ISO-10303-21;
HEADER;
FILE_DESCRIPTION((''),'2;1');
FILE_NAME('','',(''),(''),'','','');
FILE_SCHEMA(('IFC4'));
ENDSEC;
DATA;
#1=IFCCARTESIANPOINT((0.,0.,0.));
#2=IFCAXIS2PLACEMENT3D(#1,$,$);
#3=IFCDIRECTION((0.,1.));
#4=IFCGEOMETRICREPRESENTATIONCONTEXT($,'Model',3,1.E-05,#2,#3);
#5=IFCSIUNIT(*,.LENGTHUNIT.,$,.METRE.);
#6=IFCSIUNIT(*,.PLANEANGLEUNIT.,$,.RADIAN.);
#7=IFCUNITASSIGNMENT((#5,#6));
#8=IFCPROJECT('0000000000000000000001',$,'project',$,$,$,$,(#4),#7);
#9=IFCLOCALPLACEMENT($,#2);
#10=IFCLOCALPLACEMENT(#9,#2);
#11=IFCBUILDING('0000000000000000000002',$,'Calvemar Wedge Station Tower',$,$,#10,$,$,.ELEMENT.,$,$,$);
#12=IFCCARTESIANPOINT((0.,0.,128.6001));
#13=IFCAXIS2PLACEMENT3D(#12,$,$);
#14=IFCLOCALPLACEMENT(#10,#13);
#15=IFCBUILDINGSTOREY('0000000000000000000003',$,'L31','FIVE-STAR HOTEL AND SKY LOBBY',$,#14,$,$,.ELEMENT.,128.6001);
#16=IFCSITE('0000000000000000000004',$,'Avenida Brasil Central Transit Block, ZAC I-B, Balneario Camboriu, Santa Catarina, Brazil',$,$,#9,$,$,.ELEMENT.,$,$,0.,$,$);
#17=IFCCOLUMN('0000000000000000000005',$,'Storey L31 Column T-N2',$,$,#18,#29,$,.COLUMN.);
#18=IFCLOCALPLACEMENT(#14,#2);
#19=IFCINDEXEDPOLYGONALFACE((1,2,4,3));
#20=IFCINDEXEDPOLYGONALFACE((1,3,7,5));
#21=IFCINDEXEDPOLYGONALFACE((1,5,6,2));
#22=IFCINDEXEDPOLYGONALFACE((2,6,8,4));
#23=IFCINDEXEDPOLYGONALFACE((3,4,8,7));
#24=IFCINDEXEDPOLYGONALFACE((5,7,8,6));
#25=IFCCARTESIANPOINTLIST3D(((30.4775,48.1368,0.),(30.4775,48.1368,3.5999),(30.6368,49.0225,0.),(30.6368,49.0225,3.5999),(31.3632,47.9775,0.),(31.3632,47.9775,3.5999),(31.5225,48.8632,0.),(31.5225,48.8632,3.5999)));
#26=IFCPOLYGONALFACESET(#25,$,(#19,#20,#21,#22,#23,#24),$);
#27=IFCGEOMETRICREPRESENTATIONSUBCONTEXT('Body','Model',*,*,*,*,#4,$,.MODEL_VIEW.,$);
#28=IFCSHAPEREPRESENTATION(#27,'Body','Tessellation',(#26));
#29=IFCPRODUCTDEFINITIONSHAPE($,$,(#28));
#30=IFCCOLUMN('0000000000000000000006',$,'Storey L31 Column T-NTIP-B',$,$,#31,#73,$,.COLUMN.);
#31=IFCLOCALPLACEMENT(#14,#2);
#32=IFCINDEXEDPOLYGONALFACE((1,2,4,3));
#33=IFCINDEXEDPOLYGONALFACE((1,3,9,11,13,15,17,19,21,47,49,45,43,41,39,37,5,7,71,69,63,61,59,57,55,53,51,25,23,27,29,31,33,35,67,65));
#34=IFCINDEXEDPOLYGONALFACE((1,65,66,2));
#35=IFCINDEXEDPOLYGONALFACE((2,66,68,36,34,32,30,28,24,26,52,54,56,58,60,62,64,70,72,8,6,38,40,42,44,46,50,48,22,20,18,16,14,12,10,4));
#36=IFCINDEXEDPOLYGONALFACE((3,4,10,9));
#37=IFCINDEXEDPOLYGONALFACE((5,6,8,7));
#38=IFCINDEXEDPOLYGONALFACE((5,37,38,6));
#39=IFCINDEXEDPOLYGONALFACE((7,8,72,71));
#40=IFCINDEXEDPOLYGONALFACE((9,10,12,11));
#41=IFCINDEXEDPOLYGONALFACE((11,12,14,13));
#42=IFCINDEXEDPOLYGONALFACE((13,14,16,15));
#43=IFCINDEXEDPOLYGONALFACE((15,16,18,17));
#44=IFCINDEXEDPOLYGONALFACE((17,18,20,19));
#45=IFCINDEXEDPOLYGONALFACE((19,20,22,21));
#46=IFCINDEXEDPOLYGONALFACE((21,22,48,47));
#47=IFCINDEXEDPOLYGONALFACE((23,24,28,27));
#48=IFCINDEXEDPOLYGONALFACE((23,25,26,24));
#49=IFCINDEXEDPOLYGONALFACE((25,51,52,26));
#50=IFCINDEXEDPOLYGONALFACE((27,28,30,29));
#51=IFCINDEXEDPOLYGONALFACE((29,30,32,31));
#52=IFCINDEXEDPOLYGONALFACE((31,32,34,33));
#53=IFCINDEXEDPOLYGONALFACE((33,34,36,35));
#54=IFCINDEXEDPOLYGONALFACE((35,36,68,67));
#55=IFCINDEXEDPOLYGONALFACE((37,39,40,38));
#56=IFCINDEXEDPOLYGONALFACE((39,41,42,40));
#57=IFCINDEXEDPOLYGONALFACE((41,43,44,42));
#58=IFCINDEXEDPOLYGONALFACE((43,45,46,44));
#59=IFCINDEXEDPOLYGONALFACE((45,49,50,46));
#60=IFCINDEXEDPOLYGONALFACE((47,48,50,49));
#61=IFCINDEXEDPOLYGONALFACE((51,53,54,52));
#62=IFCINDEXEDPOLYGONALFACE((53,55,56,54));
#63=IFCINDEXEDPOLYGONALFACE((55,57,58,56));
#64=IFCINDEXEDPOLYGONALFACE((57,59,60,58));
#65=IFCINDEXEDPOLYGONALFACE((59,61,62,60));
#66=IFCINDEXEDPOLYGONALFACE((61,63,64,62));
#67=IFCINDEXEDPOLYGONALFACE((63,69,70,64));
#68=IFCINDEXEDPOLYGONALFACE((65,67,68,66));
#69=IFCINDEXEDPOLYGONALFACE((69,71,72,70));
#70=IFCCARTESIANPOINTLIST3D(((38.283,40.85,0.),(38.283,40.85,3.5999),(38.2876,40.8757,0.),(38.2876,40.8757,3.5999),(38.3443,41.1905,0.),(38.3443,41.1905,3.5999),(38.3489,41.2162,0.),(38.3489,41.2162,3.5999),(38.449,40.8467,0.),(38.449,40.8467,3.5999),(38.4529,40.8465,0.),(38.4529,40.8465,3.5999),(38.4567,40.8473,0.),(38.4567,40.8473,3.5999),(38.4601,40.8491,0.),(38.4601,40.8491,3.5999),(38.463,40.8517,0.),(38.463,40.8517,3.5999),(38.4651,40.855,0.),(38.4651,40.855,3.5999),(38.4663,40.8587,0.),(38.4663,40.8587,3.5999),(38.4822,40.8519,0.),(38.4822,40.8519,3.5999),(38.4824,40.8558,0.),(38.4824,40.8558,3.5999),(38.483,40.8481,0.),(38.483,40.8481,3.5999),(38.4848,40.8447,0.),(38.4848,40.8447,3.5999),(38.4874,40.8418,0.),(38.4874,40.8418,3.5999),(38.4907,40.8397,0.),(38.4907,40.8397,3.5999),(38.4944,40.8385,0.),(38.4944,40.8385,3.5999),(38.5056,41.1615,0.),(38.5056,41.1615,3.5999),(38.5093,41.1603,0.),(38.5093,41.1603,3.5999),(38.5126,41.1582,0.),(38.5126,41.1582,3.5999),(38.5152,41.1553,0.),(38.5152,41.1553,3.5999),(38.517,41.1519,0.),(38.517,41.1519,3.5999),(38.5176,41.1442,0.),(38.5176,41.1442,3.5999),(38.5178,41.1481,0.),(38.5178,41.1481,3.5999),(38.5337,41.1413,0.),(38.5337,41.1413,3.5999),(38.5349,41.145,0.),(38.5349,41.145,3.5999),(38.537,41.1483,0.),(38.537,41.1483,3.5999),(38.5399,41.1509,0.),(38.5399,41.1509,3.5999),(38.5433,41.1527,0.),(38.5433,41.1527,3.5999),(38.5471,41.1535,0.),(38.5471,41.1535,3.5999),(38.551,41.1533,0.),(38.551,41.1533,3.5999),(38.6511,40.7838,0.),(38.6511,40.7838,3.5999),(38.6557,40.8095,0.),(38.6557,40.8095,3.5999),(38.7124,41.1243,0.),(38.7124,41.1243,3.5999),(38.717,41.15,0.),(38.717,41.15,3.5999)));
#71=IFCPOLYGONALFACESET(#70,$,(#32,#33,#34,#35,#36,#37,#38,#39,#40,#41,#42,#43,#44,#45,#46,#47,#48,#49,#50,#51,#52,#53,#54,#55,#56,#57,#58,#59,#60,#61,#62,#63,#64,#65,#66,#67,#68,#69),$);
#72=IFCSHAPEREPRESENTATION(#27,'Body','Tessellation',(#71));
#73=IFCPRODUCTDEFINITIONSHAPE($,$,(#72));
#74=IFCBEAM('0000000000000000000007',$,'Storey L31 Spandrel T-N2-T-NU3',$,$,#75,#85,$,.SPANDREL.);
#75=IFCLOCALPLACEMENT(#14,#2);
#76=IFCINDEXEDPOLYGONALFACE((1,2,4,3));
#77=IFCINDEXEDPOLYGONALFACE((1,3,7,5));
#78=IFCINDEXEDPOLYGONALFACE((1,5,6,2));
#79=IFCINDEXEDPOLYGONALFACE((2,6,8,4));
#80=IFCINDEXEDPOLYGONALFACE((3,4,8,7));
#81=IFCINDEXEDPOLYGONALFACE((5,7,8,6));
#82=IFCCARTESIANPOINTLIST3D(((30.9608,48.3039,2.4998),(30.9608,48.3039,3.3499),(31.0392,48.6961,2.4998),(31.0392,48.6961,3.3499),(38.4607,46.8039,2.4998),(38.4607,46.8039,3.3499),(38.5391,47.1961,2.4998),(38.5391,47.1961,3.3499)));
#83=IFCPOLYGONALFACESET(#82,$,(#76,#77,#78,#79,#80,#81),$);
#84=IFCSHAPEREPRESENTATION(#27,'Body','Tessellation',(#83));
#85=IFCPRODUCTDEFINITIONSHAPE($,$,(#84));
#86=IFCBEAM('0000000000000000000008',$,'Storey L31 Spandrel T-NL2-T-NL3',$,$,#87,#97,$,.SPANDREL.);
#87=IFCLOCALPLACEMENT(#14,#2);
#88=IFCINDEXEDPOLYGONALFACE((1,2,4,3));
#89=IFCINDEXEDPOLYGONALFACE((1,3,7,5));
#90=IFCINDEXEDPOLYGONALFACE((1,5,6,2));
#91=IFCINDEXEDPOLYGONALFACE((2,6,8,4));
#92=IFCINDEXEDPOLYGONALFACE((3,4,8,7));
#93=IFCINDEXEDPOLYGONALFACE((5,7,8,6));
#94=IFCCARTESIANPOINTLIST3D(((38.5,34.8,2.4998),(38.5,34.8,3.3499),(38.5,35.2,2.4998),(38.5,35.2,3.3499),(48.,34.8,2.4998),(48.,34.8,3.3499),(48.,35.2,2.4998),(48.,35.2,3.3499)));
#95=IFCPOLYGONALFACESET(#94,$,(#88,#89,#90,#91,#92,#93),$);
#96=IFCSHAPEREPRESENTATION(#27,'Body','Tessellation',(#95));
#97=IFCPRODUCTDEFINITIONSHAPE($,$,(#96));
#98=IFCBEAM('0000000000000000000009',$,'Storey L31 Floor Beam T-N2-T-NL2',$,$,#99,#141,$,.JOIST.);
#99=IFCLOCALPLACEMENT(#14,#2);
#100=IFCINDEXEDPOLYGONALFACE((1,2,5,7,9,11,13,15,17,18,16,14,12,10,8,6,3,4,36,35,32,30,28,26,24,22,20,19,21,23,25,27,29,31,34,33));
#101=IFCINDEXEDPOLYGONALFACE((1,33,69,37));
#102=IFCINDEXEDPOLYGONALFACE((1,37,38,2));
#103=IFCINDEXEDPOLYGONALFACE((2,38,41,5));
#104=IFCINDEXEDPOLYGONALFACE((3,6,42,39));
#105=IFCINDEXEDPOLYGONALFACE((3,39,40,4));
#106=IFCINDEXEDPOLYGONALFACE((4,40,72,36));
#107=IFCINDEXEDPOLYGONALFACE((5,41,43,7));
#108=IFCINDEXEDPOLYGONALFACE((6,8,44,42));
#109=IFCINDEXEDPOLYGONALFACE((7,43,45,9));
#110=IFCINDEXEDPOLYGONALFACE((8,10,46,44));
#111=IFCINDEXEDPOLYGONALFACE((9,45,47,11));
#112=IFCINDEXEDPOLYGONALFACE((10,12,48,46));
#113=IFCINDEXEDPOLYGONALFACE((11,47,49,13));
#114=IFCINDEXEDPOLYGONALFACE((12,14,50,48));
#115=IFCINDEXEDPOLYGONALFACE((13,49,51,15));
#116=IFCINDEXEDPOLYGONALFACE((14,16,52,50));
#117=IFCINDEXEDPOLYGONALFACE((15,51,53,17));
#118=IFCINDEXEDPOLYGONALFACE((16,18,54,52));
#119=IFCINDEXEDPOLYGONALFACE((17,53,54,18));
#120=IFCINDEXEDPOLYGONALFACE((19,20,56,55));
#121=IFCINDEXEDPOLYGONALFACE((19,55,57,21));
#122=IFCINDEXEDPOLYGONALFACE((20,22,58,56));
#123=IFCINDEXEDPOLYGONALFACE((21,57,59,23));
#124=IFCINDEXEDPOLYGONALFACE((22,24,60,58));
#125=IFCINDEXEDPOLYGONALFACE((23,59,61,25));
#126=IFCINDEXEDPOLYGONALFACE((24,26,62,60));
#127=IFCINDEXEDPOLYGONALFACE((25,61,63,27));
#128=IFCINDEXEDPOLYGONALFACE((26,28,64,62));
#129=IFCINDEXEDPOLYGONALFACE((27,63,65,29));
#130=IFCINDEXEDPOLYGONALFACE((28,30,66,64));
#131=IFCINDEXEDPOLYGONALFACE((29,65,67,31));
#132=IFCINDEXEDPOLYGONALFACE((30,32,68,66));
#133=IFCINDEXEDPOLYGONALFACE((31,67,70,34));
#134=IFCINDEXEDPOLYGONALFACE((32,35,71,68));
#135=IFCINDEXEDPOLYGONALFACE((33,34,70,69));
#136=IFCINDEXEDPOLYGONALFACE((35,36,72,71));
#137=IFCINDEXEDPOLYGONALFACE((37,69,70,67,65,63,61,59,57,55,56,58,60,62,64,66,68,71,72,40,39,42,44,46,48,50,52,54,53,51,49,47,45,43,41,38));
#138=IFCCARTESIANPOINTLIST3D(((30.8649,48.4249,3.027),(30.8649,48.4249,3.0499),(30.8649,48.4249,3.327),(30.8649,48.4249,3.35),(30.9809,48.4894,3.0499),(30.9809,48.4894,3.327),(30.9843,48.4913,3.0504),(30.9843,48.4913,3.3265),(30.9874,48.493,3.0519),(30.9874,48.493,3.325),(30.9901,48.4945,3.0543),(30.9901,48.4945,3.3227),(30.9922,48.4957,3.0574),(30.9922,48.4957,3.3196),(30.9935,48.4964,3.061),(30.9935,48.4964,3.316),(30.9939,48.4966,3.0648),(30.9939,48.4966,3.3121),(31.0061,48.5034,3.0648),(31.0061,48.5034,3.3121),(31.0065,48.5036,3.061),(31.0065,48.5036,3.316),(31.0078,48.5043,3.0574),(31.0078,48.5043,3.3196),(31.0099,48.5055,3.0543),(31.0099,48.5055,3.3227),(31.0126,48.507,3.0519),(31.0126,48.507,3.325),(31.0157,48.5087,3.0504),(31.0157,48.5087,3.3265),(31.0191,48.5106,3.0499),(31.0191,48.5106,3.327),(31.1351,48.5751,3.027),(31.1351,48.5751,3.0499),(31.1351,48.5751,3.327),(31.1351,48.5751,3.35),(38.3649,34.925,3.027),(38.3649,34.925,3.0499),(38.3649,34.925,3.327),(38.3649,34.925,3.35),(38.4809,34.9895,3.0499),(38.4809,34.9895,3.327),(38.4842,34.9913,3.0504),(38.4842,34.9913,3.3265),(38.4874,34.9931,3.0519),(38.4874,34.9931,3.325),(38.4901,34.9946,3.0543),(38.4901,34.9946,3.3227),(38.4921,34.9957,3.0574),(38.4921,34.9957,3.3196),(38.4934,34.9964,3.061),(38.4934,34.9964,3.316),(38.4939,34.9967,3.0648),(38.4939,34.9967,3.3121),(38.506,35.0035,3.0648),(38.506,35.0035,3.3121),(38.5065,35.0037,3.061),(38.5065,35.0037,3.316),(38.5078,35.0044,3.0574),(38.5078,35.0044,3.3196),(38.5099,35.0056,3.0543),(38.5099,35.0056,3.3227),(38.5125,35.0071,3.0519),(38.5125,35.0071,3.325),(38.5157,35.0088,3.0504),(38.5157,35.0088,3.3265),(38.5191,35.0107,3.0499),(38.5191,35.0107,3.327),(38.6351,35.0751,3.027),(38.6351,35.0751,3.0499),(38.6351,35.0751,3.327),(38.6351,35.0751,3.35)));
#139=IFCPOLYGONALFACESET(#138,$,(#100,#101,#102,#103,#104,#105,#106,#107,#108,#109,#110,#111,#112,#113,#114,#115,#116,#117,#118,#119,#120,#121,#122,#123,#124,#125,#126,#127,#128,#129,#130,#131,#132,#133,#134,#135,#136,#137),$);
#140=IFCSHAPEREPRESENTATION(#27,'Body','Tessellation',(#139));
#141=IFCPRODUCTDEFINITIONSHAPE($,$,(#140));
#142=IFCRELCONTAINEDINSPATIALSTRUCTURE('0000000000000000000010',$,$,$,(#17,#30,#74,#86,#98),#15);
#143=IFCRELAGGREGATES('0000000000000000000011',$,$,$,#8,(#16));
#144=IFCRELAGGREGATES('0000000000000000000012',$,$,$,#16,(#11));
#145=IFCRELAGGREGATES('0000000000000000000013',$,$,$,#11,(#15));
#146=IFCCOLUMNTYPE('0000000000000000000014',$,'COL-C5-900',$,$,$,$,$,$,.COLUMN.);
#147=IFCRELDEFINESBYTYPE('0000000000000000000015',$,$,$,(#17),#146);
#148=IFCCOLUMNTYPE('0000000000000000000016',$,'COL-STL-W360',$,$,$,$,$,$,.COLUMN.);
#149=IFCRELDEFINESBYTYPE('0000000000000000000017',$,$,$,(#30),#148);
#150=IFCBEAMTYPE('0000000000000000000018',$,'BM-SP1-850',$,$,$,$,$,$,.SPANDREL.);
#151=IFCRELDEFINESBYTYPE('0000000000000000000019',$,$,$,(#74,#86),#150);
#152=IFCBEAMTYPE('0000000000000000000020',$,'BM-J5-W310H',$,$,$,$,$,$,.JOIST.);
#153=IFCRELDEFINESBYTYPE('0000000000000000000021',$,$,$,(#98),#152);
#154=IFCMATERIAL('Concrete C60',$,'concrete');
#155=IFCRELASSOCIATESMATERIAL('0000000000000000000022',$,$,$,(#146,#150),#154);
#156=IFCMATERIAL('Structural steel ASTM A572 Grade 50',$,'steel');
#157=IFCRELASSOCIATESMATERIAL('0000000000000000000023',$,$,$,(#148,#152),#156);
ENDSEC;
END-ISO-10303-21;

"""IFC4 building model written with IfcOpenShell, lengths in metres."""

from ifc_helpers import new_model, si_unit, direction, frame, origin, origin_2d, place, context, subcontext, project, spatial, rectangle, i_section, extrude, source, transform, mapped, material, material_profile, profile_set, type_object, element, save


model = new_model("IFC4")

# Units and contexts
model_context = context("Model", 3, precision=1e-05, world=origin(), true_north=direction((0.0, 1.0)))
body_context = subcontext(model_context, "Body", "Model", "MODEL_VIEW")
ifc_project = project(units=[si_unit("LENGTHUNIT", "METRE"), si_unit("PLANEANGLEUNIT", "RADIAN")], contexts=[model_context])

# Site, building, storey
site_placement = place(None, origin())
site = spatial("IfcSite", under=ifc_project, at=site_placement, Name="Avenida Brasil Central Transit Block, ZAC I-B, Balneario Camboriu, Santa Catarina, Brazil", CompositionType="ELEMENT", RefElevation=0.0)
building_placement = place(site_placement, origin())
building = spatial("IfcBuilding", under=site, at=building_placement, Name="Calvemar Wedge Station Tower", CompositionType="ELEMENT")
storey_placement = place(building_placement, frame((0.0, 0.0, 128.6001)))
storey = spatial("IfcBuildingStorey", under=building, at=storey_placement, Name="L31", Description="FIVE-STAR HOTEL AND SKY LOBBY", CompositionType="ELEMENT", Elevation=128.6001)

# Columns
ifc_material_1 = material(Name="Concrete C60", Category="concrete")
ifc_material_profile_1 = material_profile(ifc_material_1, rectangle(XDim=0.8999, YDim=0.8999, at=origin_2d()), Name="RC900x900")
ifc_profile_set_1 = profile_set([ifc_material_profile_1], Name="Concrete C60")
column_type_1 = type_object("IfcColumnType", Name="COL-C5-900", PredefinedType="COLUMN", material=ifc_profile_set_1)
shared_shape_1 = source(origin(), body_context, "Body", "SweptSolid", [
    extrude(rectangle(XDim=0.8999, YDim=0.8999, at=origin_2d()), origin(), (0.0, 0.0, 1.0), 3.5999),
])
column_1_placement = place(storey_placement, frame((31.0, 48.5, 0.0), z_axis=(0.0, 0.0, 1.0), x_axis=(0.984196, -0.177085, 0.0)))
element("IfcColumn", 1, at=column_1_placement, inside=storey, type_object=column_type_1, Name="Storey L31 Column T-N2", PredefinedType="COLUMN", context=body_context, shape_type="MappedRepresentation", body=[
    mapped(shared_shape_1, transform((0.0, 0.0, 0.0), scale=1.0)),
])
ifc_material_2 = material(Name="Structural steel ASTM A572 Grade 50", Category="steel")
ifc_material_profile_2 = material_profile(ifc_material_2, i_section(OverallWidth=0.374, OverallDepth=0.3721, WebThickness=0.0164, FlangeThickness=0.0261, FilletRadius=0.0149, at=origin_2d()), Name="W360x196")
ifc_profile_set_2 = profile_set([ifc_material_profile_2], Name="Structural steel ASTM A572 Grade 50")
column_type_2 = type_object("IfcColumnType", Name="COL-STL-W360", PredefinedType="COLUMN", material=ifc_profile_set_2)
shared_shape_2 = source(origin(), body_context, "Body", "SweptSolid", [
    extrude(i_section(OverallWidth=0.374, OverallDepth=0.3721, WebThickness=0.0164, FlangeThickness=0.0261, FilletRadius=0.0149, at=origin_2d()), origin(), (0.0, 0.0, 1.0), 3.5999),
])
column_2_placement = place(storey_placement, frame((38.5, 41.0, 0.0), z_axis=(0.0, 0.0, 1.0), x_axis=(0.984196, -0.177085, 0.0)))
element("IfcColumn", 2, at=column_2_placement, inside=storey, type_object=column_type_2, Name="Storey L31 Column T-NTIP-B", PredefinedType="COLUMN", context=body_context, shape_type="MappedRepresentation", body=[
    mapped(shared_shape_2, transform((0.0, 0.0, 0.0), scale=1.0)),
])

# Beams
ifc_material_profile_3 = material_profile(ifc_material_1, rectangle(XDim=0.3999, YDim=0.8501, at=origin_2d()), Name="RC400x850")
ifc_profile_set_3 = profile_set([ifc_material_profile_3], Name="Concrete C60")
beam_type_1 = type_object("IfcBeamType", Name="BM-SP1-850", PredefinedType="SPANDREL", material=ifc_profile_set_3)
shared_shape_3 = source(origin(), body_context, "Body", "SweptSolid", [
    extrude(rectangle(XDim=0.3999, YDim=0.8501, at=origin_2d()), origin(), (0.0, 0.0, 1.0), 7.6484),
])
beam_1_placement = place(storey_placement, frame((31.0, 48.5, 2.9248), z_axis=(0.980581, -0.196116, 0.0), x_axis=(0.196116, 0.980581, 0.0)))
element("IfcBeam", 3, at=beam_1_placement, inside=storey, type_object=beam_type_1, Name="Storey L31 Spandrel T-N2-T-NU3", PredefinedType="SPANDREL", context=body_context, shape_type="MappedRepresentation", body=[
    mapped(shared_shape_3, transform((0.0, 0.0, 0.0), scale=1.0)),
])
shared_shape_4 = source(origin(), body_context, "Body", "SweptSolid", [
    extrude(rectangle(XDim=0.3999, YDim=0.8501, at=origin_2d()), origin(), (0.0, 0.0, 1.0), 9.5),
])
beam_2_placement = place(storey_placement, frame((38.5, 35.0, 2.9248), z_axis=(1.0, 0.0, 0.0), x_axis=(0.0, 1.0, 0.0)))
element("IfcBeam", 4, at=beam_2_placement, inside=storey, type_object=beam_type_1, Name="Storey L31 Spandrel T-NL2-T-NL3", PredefinedType="SPANDREL", context=body_context, shape_type="MappedRepresentation", body=[
    mapped(shared_shape_4, transform((0.0, 0.0, 0.0), scale=1.0)),
])
ifc_material_profile_4 = material_profile(ifc_material_2, i_section(OverallWidth=0.3091, OverallDepth=0.323, WebThickness=0.0139, FlangeThickness=0.0229, FilletRadius=0.0149, at=origin_2d()), Name="W310x143")
ifc_profile_set_4 = profile_set([ifc_material_profile_4], Name="Structural steel ASTM A572 Grade 50")
beam_type_2 = type_object("IfcBeamType", Name="BM-J5-W310H", PredefinedType="JOIST", material=ifc_profile_set_4)
shared_shape_5 = source(origin(), body_context, "Body", "SweptSolid", [
    extrude(i_section(OverallWidth=0.3091, OverallDepth=0.323, WebThickness=0.0139, FlangeThickness=0.0229, FilletRadius=0.0149, at=origin_2d()), origin(), (0.0, 0.0, 1.0), 15.4434),
])
beam_3_placement = place(storey_placement, frame((31.0, 48.5, 3.1885), z_axis=(0.485643, -0.874157, 0.0), x_axis=(0.874157, 0.485643, 0.0)))
element("IfcBeam", 5, at=beam_3_placement, inside=storey, type_object=beam_type_2, Name="Storey L31 Floor Beam T-N2-T-NL2", PredefinedType="JOIST", context=body_context, shape_type="MappedRepresentation", body=[
    mapped(shared_shape_5, transform((0.0, 0.0, 0.0), scale=1.0)),
])

save(model, "model.ifc")
